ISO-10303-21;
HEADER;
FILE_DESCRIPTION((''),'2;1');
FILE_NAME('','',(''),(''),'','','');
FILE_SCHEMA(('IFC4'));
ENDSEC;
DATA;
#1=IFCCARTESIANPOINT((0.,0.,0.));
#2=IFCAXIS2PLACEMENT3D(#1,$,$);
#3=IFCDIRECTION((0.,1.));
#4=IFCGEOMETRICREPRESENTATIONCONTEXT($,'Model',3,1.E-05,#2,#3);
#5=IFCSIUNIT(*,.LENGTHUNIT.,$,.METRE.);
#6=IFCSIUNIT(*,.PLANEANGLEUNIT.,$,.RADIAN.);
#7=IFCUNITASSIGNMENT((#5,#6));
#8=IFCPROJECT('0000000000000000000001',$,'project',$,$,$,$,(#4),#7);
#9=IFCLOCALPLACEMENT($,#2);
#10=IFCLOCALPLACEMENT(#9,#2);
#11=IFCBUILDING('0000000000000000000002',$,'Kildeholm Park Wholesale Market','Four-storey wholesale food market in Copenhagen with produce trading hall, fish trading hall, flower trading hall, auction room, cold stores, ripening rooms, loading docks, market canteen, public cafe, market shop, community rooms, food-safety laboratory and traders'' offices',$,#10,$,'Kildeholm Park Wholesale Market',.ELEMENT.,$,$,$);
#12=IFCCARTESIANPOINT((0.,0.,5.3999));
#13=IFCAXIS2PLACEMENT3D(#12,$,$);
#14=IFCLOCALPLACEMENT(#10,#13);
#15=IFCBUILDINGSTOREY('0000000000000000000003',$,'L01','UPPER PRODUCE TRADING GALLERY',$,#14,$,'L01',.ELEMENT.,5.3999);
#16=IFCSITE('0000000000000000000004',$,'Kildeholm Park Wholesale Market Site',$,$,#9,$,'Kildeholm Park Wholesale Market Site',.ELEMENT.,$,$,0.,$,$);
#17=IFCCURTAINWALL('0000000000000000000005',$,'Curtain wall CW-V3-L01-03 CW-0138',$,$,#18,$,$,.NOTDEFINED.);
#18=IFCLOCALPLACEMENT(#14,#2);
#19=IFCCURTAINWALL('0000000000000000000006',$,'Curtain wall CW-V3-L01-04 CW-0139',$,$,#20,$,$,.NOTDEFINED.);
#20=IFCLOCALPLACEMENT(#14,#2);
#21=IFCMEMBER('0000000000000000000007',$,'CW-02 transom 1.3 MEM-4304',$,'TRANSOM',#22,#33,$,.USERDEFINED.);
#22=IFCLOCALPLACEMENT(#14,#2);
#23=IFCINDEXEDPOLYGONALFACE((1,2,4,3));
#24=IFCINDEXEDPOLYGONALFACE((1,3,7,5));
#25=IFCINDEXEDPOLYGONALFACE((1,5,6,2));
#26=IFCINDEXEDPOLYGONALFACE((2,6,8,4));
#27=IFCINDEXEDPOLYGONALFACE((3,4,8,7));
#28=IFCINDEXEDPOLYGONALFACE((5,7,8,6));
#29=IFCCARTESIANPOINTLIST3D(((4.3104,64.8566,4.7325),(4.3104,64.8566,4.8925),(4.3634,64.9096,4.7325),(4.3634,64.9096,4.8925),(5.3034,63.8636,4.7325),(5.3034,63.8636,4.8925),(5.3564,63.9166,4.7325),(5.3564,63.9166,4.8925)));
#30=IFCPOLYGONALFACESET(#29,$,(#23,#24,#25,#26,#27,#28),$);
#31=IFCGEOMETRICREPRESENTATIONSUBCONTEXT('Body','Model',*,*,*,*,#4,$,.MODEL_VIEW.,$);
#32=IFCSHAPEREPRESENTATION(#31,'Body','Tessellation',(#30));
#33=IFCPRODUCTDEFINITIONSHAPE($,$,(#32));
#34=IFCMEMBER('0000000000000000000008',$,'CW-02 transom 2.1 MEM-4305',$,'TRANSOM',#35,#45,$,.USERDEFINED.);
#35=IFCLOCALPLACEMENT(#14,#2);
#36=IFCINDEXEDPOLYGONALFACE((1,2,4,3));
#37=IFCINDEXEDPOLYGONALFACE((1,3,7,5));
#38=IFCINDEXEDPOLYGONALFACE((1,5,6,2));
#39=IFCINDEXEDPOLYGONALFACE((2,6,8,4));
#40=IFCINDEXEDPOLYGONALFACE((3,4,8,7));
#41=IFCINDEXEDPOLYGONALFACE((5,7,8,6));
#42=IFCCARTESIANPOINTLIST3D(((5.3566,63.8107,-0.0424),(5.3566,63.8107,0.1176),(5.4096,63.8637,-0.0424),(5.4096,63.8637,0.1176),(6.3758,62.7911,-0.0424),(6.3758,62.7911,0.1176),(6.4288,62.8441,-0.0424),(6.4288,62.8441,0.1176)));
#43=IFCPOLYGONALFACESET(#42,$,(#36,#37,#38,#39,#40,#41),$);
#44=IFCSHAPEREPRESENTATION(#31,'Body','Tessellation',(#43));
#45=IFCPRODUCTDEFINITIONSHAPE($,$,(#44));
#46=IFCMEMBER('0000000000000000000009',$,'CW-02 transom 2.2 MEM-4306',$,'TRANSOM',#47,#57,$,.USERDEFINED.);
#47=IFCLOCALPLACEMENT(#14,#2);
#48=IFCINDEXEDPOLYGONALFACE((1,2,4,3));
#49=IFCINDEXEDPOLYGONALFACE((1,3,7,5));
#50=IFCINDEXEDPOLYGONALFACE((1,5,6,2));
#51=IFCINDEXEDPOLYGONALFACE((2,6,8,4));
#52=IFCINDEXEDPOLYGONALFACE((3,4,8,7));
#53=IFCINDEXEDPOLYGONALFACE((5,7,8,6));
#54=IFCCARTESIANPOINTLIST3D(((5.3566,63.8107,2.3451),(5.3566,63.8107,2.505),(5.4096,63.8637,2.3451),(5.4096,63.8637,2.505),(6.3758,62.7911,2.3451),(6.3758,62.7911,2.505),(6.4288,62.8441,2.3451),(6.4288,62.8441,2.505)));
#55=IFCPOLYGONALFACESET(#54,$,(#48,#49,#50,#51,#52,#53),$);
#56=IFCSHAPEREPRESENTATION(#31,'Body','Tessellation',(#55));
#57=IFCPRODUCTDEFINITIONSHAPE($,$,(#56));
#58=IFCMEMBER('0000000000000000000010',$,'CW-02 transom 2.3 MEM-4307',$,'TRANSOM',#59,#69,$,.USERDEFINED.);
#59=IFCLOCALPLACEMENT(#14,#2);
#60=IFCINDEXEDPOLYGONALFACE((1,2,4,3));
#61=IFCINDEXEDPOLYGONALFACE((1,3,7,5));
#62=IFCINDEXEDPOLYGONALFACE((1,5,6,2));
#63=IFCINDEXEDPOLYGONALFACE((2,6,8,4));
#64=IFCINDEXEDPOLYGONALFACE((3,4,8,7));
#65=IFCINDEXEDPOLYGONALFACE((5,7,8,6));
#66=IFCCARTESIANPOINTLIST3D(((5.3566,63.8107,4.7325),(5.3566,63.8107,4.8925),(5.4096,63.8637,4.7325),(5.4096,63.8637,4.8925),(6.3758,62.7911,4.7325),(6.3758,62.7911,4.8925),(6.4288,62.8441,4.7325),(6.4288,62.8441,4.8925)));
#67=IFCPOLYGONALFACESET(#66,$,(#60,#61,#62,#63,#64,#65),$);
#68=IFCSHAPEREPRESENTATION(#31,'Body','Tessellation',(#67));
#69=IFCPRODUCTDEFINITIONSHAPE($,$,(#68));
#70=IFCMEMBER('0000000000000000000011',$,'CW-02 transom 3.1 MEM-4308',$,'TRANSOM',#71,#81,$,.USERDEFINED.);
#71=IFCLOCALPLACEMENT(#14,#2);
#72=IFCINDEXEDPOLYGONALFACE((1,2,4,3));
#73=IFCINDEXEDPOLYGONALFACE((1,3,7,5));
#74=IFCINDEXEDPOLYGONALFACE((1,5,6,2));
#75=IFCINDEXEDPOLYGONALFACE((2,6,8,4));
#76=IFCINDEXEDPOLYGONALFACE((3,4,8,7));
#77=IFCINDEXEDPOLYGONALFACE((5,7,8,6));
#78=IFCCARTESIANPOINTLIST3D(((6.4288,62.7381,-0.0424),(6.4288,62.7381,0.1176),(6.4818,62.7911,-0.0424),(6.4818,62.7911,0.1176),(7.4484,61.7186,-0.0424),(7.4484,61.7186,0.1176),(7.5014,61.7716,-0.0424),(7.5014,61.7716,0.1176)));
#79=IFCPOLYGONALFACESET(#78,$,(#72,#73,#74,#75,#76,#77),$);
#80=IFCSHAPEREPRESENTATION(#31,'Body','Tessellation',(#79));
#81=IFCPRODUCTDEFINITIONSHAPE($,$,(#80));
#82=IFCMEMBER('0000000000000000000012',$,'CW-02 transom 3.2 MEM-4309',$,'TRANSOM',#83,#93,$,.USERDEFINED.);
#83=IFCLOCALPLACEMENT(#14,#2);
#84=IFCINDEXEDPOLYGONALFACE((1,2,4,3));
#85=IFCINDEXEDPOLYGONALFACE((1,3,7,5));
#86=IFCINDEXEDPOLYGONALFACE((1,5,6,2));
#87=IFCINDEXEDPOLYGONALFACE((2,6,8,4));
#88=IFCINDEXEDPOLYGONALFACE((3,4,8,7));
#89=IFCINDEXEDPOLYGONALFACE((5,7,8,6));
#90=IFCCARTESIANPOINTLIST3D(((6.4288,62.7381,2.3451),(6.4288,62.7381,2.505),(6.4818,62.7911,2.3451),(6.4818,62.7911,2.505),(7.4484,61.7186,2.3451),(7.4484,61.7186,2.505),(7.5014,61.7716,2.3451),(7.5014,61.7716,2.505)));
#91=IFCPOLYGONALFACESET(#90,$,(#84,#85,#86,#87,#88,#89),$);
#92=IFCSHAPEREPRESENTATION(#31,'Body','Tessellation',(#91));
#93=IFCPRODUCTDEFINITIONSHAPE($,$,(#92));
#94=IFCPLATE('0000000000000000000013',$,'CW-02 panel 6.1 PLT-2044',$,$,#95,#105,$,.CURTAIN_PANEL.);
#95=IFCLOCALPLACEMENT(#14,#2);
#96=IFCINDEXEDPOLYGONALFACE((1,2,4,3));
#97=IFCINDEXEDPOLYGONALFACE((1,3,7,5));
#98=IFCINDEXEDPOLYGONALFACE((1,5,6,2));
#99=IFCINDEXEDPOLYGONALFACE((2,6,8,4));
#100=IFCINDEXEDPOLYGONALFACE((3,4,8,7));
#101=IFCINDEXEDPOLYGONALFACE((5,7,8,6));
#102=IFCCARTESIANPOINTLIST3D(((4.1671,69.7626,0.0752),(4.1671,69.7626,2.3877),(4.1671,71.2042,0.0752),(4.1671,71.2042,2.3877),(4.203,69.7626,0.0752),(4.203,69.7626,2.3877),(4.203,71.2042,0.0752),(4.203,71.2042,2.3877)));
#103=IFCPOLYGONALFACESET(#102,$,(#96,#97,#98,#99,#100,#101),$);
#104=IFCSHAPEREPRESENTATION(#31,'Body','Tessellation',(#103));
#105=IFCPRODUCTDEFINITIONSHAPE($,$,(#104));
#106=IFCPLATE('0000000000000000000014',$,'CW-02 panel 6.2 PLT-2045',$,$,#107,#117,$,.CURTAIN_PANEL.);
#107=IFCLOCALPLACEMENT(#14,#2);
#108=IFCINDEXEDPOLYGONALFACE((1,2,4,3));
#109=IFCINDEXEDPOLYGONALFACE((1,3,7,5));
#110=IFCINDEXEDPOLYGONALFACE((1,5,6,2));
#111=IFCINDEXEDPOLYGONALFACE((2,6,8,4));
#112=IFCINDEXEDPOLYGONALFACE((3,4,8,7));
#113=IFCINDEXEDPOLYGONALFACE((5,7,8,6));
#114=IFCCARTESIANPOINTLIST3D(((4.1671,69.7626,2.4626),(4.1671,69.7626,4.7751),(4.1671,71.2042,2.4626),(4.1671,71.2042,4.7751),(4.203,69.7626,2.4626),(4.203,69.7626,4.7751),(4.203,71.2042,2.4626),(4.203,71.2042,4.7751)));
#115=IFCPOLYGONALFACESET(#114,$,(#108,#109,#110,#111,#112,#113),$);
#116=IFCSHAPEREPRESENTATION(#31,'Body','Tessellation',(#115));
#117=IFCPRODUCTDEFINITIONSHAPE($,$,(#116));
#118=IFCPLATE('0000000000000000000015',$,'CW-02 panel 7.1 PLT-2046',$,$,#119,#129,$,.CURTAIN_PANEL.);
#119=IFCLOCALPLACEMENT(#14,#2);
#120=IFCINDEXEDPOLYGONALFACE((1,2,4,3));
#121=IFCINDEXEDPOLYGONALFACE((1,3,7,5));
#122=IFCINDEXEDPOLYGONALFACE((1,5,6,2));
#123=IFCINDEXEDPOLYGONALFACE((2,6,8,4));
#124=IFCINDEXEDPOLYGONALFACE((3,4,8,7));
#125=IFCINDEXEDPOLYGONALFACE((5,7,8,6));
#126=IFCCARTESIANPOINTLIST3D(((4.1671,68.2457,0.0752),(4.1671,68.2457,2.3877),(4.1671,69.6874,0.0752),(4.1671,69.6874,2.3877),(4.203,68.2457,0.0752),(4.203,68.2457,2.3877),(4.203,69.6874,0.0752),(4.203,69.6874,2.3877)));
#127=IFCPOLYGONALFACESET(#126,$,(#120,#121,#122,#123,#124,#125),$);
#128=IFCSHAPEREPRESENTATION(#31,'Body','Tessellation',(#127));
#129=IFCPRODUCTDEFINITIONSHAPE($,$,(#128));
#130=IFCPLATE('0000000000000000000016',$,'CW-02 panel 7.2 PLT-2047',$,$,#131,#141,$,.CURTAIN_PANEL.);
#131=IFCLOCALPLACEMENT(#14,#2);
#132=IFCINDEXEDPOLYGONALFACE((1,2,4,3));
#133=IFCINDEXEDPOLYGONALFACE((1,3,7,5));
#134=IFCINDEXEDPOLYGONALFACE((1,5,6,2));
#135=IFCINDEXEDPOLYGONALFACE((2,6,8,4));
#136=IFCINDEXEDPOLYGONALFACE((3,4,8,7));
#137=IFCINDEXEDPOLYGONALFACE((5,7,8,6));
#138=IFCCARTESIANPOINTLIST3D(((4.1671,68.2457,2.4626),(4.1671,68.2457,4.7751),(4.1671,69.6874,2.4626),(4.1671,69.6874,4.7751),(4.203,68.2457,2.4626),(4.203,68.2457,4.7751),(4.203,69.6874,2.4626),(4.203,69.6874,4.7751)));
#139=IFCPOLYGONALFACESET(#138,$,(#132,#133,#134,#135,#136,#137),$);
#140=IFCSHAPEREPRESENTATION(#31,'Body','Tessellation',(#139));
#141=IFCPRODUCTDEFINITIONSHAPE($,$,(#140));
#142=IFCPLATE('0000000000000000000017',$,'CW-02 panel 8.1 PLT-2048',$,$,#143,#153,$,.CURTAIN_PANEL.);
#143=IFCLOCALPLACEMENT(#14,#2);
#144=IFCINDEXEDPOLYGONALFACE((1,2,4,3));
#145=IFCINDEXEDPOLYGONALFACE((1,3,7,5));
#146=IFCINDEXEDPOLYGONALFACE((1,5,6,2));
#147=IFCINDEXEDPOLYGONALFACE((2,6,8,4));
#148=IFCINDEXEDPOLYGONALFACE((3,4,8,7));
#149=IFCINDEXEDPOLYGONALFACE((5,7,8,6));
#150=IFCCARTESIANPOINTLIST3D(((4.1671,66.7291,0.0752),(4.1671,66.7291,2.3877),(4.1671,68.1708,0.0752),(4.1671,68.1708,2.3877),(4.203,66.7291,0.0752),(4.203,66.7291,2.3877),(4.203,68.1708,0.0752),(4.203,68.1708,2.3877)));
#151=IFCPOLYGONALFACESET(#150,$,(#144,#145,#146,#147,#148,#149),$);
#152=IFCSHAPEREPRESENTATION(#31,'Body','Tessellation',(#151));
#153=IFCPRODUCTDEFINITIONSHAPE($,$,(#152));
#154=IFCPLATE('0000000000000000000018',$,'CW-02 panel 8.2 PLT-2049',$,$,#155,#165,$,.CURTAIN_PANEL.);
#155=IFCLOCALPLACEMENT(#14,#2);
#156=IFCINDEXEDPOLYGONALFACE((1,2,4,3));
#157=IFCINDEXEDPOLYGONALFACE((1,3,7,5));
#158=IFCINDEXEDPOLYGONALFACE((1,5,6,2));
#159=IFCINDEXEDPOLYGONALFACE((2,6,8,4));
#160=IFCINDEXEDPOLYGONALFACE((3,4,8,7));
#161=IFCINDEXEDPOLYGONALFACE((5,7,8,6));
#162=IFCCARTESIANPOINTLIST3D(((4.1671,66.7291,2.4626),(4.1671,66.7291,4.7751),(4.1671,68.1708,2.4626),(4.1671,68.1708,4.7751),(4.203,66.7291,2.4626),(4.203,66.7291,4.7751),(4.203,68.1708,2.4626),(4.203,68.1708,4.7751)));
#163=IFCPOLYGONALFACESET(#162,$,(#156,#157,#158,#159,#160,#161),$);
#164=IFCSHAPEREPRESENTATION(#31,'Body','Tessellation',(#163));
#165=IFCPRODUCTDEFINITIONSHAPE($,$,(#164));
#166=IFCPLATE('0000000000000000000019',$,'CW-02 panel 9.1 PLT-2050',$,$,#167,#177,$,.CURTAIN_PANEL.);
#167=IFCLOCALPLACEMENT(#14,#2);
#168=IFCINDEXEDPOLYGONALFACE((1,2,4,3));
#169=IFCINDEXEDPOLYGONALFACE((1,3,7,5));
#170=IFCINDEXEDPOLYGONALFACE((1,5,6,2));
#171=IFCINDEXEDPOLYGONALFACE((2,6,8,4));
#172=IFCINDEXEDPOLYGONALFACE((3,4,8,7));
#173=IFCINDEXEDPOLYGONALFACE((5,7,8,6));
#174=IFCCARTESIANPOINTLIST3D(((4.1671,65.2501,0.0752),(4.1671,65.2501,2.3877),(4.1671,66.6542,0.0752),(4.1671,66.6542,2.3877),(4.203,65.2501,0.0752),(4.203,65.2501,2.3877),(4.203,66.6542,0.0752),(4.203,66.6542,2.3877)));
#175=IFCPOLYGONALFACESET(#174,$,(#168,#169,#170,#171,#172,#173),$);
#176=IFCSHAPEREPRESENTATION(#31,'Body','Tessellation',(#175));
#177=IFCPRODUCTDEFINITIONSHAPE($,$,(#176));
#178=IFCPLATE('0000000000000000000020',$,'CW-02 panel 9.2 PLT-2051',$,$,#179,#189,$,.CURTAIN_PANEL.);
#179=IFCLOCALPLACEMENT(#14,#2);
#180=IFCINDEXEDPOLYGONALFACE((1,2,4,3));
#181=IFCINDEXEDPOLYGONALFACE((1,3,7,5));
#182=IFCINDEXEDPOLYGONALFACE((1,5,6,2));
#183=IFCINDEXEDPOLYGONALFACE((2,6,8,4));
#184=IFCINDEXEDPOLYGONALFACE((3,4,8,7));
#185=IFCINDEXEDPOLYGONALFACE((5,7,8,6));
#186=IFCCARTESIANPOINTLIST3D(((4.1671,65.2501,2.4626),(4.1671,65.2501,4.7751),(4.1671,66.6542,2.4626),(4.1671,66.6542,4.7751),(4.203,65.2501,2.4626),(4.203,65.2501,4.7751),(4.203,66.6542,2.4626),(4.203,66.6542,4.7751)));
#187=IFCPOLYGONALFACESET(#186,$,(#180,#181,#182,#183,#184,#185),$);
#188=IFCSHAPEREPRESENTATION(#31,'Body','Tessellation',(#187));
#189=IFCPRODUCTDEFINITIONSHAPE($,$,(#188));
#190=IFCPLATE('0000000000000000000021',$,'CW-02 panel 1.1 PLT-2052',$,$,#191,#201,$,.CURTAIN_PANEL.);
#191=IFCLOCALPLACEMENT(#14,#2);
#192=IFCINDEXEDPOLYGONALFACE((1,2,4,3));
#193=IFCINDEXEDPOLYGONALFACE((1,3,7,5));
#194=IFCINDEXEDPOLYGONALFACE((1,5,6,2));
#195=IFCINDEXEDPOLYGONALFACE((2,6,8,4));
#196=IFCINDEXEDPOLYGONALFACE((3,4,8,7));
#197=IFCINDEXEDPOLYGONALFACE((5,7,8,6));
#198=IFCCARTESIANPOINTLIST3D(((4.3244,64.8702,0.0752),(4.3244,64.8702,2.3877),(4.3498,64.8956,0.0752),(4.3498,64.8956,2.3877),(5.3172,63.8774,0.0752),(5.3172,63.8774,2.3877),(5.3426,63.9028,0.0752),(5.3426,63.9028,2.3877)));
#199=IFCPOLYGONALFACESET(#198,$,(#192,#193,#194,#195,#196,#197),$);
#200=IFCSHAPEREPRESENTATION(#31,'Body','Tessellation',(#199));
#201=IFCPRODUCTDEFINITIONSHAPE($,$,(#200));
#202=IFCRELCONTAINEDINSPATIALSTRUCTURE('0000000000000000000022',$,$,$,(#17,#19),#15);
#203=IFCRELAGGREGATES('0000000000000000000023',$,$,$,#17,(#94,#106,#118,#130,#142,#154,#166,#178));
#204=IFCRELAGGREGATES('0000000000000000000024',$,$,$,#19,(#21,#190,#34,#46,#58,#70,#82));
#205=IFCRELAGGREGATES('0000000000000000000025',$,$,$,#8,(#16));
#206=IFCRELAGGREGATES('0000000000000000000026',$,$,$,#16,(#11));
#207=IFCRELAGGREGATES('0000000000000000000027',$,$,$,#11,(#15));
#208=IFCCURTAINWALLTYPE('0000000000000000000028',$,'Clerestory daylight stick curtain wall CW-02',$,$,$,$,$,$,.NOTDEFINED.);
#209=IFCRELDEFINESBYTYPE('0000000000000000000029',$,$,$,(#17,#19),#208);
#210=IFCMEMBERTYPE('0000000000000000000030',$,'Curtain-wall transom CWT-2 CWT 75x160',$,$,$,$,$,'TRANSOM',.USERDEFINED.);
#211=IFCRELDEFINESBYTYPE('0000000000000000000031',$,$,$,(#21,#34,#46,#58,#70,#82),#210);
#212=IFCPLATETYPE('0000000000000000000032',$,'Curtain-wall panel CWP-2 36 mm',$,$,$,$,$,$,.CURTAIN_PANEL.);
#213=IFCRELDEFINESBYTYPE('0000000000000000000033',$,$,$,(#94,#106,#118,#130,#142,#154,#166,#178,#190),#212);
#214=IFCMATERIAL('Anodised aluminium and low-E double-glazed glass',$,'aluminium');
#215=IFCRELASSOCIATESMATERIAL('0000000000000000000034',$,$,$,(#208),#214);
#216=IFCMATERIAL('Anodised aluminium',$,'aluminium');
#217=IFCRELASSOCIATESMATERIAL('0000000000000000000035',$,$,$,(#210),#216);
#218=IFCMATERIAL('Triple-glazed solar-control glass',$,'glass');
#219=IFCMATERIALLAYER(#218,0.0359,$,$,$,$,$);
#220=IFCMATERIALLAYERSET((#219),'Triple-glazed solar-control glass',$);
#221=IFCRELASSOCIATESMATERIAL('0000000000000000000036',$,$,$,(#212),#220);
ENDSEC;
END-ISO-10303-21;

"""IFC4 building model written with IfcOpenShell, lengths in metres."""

from ifc_helpers import new_model, si_unit, direction, frame, origin, origin_2d, place, context, subcontext, project, spatial, rectangle, extrude, material, layer, layer_set, material_profile, profile_set, type_object, element, aggregate, save


model = new_model("IFC4")

# Units and contexts
model_context = context("Model", 3, precision=1e-05, world=origin(), true_north=direction((0.0, 1.0)))
body_context = subcontext(model_context, "Body", "Model", "MODEL_VIEW")
ifc_project = project(units=[si_unit("LENGTHUNIT", "METRE"), si_unit("PLANEANGLEUNIT", "RADIAN")], contexts=[model_context])

# Site, building, storey
site_placement = place(None, origin())
site = spatial("IfcSite", under=ifc_project, at=site_placement, Name="Kildeholm Park Wholesale Market Site", LongName="Kildeholm Park Wholesale Market Site", CompositionType="ELEMENT", RefElevation=0.0)
building_placement = place(site_placement, origin())
building = spatial("IfcBuilding", under=site, at=building_placement, Name="Kildeholm Park Wholesale Market", Description="Four-storey wholesale food market in Copenhagen with produce trading hall, fish trading hall, flower trading hall, auction room, cold stores, ripening rooms, loading docks, market canteen, public cafe, market shop, community rooms, food-safety laboratory and traders' offices", LongName="Kildeholm Park Wholesale Market", CompositionType="ELEMENT")
storey_placement = place(building_placement, frame((0.0, 0.0, 5.3999)))
storey = spatial("IfcBuildingStorey", under=building, at=storey_placement, Name="L01", Description="UPPER PRODUCE TRADING GALLERY", LongName="L01", CompositionType="ELEMENT", Elevation=5.3999)

# Curtain walls
ifc_material_1 = material(Name="Anodised aluminium and low-E double-glazed glass", Category="aluminium")
curtain_wall_type = type_object("IfcCurtainWallType", Name="Clerestory daylight stick curtain wall CW-02", PredefinedType="NOTDEFINED", material=ifc_material_1)
curtain_wall_1_placement = place(storey_placement, origin())
curtain_wall_1 = element("IfcCurtainWall", 1, at=curtain_wall_1_placement, inside=storey, type_object=curtain_wall_type, Name="Curtain wall CW-V3-L01-03 CW-0138", PredefinedType="NOTDEFINED")
ifc_material_2 = material(Name="Anodised aluminium", Category="aluminium")
curtain_wall_2_placement = place(storey_placement, origin())
curtain_wall_2 = element("IfcCurtainWall", 2, at=curtain_wall_2_placement, inside=storey, type_object=curtain_wall_type, Name="Curtain wall CW-V3-L01-04 CW-0139", PredefinedType="NOTDEFINED")

# Members
ifc_material_profile_1 = material_profile(ifc_material_2, rectangle(XDim=0.075, YDim=0.1599, at=origin_2d()), Name="CWT 75x160")
ifc_profile_set_1 = profile_set([ifc_material_profile_1], Name="Anodised aluminium")
member_type_1 = type_object("IfcMemberType", Name="Curtain-wall transom CWT-2 CWT 75x160", ElementType="TRANSOM", PredefinedType="USERDEFINED", material=ifc_profile_set_1)
member_1_placement = place(storey_placement, frame((4.3369, 64.8831, 4.8125), z_axis=(0.707107, -0.707107, 0.0), x_axis=(0.707107, 0.707107, 0.0)))
member_1 = element("IfcMember", 3, at=member_1_placement, type_object=member_type_1, Name="CW-02 transom 1.3 MEM-4304", ObjectType="TRANSOM", PredefinedType="USERDEFINED", context=body_context, shape_type="SweptSolid", body=[
    extrude(rectangle(XDim=0.075, YDim=0.1599, at=origin_2d()), origin(), (0.0, 0.0, 1.0), 1.4043),
])
member_2_placement = place(storey_placement, frame((5.3831, 63.8372, 0.0376), z_axis=(0.707022, -0.707191, 0.0), x_axis=(0.707191, 0.707022, 0.0)))
member_2 = element("IfcMember", 4, at=member_2_placement, type_object=member_type_1, Name="CW-02 transom 2.1 MEM-4305", ObjectType="TRANSOM", PredefinedType="USERDEFINED", context=body_context, shape_type="SweptSolid", body=[
    extrude(rectangle(XDim=0.075, YDim=0.1599, at=origin_2d()), origin(), (0.0, 0.0, 1.0), 1.4417),
])
member_3_placement = place(storey_placement, frame((5.3831, 63.8372, 2.425), z_axis=(0.707022, -0.707191, 0.0), x_axis=(0.707191, 0.707022, 0.0)))
member_3 = element("IfcMember", 5, at=member_3_placement, type_object=member_type_1, Name="CW-02 transom 2.2 MEM-4306", ObjectType="TRANSOM", PredefinedType="USERDEFINED", context=body_context, shape_type="SweptSolid", body=[
    extrude(rectangle(XDim=0.075, YDim=0.1599, at=origin_2d()), origin(), (0.0, 0.0, 1.0), 1.4417),
])
member_4_placement = place(storey_placement, frame((5.3831, 63.8372, 4.8125), z_axis=(0.707022, -0.707191, 0.0), x_axis=(0.707191, 0.707022, 0.0)))
member_4 = element("IfcMember", 6, at=member_4_placement, type_object=member_type_1, Name="CW-02 transom 2.3 MEM-4307", ObjectType="TRANSOM", PredefinedType="USERDEFINED", context=body_context, shape_type="SweptSolid", body=[
    extrude(rectangle(XDim=0.075, YDim=0.1599, at=origin_2d()), origin(), (0.0, 0.0, 1.0), 1.4417),
])
member_5_placement = place(storey_placement, frame((6.4553, 62.7646, 0.0376), z_axis=(0.707107, -0.707107, 0.0), x_axis=(0.707107, 0.707107, 0.0)))
member_5 = element("IfcMember", 7, at=member_5_placement, type_object=member_type_1, Name="CW-02 transom 3.1 MEM-4308", ObjectType="TRANSOM", PredefinedType="USERDEFINED", context=body_context, shape_type="SweptSolid", body=[
    extrude(rectangle(XDim=0.075, YDim=0.1599, at=origin_2d()), origin(), (0.0, 0.0, 1.0), 1.4419),
])
member_6_placement = place(storey_placement, frame((6.4553, 62.7646, 2.425), z_axis=(0.707107, -0.707107, 0.0), x_axis=(0.707107, 0.707107, 0.0)))
member_6 = element("IfcMember", 8, at=member_6_placement, type_object=member_type_1, Name="CW-02 transom 3.2 MEM-4309", ObjectType="TRANSOM", PredefinedType="USERDEFINED", context=body_context, shape_type="SweptSolid", body=[
    extrude(rectangle(XDim=0.075, YDim=0.1599, at=origin_2d()), origin(), (0.0, 0.0, 1.0), 1.4419),
])

# Plates
ifc_material_3 = material(Name="Triple-glazed solar-control glass", Category="glass")
ifc_layer = layer(ifc_material_3, 0.0359)
ifc_layer_set = layer_set([ifc_layer], Name="Triple-glazed solar-control glass")
plate_type = type_object("IfcPlateType", Name="Curtain-wall panel CWP-2 36 mm", PredefinedType="CURTAIN_PANEL", material=ifc_layer_set)
plate_1_placement = place(storey_placement, frame((4.1851, 70.4834, 0.0752), z_axis=(0.0, 0.0, 1.0), x_axis=(0.0, -1.0, 0.0)))
plate_1 = element("IfcPlate", 9, at=plate_1_placement, type_object=plate_type, Name="CW-02 panel 6.1 PLT-2044", PredefinedType="CURTAIN_PANEL", context=body_context, shape_type="SweptSolid", body=[
    extrude(rectangle(XDim=1.4417, YDim=0.0359, at=origin_2d()), origin(), (0.0, 0.0, 1.0), 2.3125),
])
plate_2_placement = place(storey_placement, frame((4.1851, 70.4834, 2.4626), z_axis=(0.0, 0.0, 1.0), x_axis=(0.0, -1.0, 0.0)))
plate_2 = element("IfcPlate", 10, at=plate_2_placement, type_object=plate_type, Name="CW-02 panel 6.2 PLT-2045", PredefinedType="CURTAIN_PANEL", context=body_context, shape_type="SweptSolid", body=[
    extrude(rectangle(XDim=1.4417, YDim=0.0359, at=origin_2d()), origin(), (0.0, 0.0, 1.0), 2.3125),
])
plate_3_placement = place(storey_placement, frame((4.1851, 68.9666, 0.0752), z_axis=(0.0, 0.0, 1.0), x_axis=(0.0, -1.0, 0.0)))
plate_3 = element("IfcPlate", 11, at=plate_3_placement, type_object=plate_type, Name="CW-02 panel 7.1 PLT-2046", PredefinedType="CURTAIN_PANEL", context=body_context, shape_type="SweptSolid", body=[
    extrude(rectangle(XDim=1.4417, YDim=0.0359, at=origin_2d()), origin(), (0.0, 0.0, 1.0), 2.3125),
])
plate_4_placement = place(storey_placement, frame((4.1851, 68.9666, 2.4626), z_axis=(0.0, 0.0, 1.0), x_axis=(0.0, -1.0, 0.0)))
plate_4 = element("IfcPlate", 12, at=plate_4_placement, type_object=plate_type, Name="CW-02 panel 7.2 PLT-2047", PredefinedType="CURTAIN_PANEL", context=body_context, shape_type="SweptSolid", body=[
    extrude(rectangle(XDim=1.4417, YDim=0.0359, at=origin_2d()), origin(), (0.0, 0.0, 1.0), 2.3125),
])
plate_5_placement = place(storey_placement, frame((4.1851, 67.45, 0.0752), z_axis=(0.0, 0.0, 1.0), x_axis=(0.0, -1.0, 0.0)))
plate_5 = element("IfcPlate", 13, at=plate_5_placement, type_object=plate_type, Name="CW-02 panel 8.1 PLT-2048", PredefinedType="CURTAIN_PANEL", context=body_context, shape_type="SweptSolid", body=[
    extrude(rectangle(XDim=1.4417, YDim=0.0359, at=origin_2d()), origin(), (0.0, 0.0, 1.0), 2.3125),
])
plate_6_placement = place(storey_placement, frame((4.1851, 67.45, 2.4626), z_axis=(0.0, 0.0, 1.0), x_axis=(0.0, -1.0, 0.0)))
plate_6 = element("IfcPlate", 14, at=plate_6_placement, type_object=plate_type, Name="CW-02 panel 8.2 PLT-2049", PredefinedType="CURTAIN_PANEL", context=body_context, shape_type="SweptSolid", body=[
    extrude(rectangle(XDim=1.4417, YDim=0.0359, at=origin_2d()), origin(), (0.0, 0.0, 1.0), 2.3125),
])
plate_7_placement = place(storey_placement, frame((4.1851, 65.9521, 0.0752), z_axis=(0.0, 0.0, 1.0), x_axis=(0.0, -1.0, 0.0)))
plate_7 = element("IfcPlate", 15, at=plate_7_placement, type_object=plate_type, Name="CW-02 panel 9.1 PLT-2050", PredefinedType="CURTAIN_PANEL", context=body_context, shape_type="SweptSolid", body=[
    extrude(rectangle(XDim=1.4041, YDim=0.0359, at=origin_2d()), origin(), (0.0, 0.0, 1.0), 2.3125),
])
plate_8_placement = place(storey_placement, frame((4.1851, 65.9521, 2.4626), z_axis=(0.0, 0.0, 1.0), x_axis=(0.0, -1.0, 0.0)))
plate_8 = element("IfcPlate", 16, at=plate_8_placement, type_object=plate_type, Name="CW-02 panel 9.2 PLT-2051", PredefinedType="CURTAIN_PANEL", context=body_context, shape_type="SweptSolid", body=[
    extrude(rectangle(XDim=1.4041, YDim=0.0359, at=origin_2d()), origin(), (0.0, 0.0, 1.0), 2.3125),
])
aggregate(curtain_wall_1, [plate_1, plate_2, plate_3, plate_4, plate_5, plate_6, plate_7, plate_8])
plate_9_placement = place(storey_placement, frame((4.8335, 64.3865, 0.0752), z_axis=(0.0, 0.0, 1.0), x_axis=(0.707107, -0.707107, 0.0)))
plate_9 = element("IfcPlate", 17, at=plate_9_placement, type_object=plate_type, Name="CW-02 panel 1.1 PLT-2052", PredefinedType="CURTAIN_PANEL", context=body_context, shape_type="SweptSolid", body=[
    extrude(rectangle(XDim=1.4041, YDim=0.0359, at=origin_2d()), origin(), (0.0, 0.0, 1.0), 2.3125),
])
aggregate(curtain_wall_2, [member_1, plate_9, member_2, member_3, member_4, member_5, member_6])

save(model, "model.ifc")
